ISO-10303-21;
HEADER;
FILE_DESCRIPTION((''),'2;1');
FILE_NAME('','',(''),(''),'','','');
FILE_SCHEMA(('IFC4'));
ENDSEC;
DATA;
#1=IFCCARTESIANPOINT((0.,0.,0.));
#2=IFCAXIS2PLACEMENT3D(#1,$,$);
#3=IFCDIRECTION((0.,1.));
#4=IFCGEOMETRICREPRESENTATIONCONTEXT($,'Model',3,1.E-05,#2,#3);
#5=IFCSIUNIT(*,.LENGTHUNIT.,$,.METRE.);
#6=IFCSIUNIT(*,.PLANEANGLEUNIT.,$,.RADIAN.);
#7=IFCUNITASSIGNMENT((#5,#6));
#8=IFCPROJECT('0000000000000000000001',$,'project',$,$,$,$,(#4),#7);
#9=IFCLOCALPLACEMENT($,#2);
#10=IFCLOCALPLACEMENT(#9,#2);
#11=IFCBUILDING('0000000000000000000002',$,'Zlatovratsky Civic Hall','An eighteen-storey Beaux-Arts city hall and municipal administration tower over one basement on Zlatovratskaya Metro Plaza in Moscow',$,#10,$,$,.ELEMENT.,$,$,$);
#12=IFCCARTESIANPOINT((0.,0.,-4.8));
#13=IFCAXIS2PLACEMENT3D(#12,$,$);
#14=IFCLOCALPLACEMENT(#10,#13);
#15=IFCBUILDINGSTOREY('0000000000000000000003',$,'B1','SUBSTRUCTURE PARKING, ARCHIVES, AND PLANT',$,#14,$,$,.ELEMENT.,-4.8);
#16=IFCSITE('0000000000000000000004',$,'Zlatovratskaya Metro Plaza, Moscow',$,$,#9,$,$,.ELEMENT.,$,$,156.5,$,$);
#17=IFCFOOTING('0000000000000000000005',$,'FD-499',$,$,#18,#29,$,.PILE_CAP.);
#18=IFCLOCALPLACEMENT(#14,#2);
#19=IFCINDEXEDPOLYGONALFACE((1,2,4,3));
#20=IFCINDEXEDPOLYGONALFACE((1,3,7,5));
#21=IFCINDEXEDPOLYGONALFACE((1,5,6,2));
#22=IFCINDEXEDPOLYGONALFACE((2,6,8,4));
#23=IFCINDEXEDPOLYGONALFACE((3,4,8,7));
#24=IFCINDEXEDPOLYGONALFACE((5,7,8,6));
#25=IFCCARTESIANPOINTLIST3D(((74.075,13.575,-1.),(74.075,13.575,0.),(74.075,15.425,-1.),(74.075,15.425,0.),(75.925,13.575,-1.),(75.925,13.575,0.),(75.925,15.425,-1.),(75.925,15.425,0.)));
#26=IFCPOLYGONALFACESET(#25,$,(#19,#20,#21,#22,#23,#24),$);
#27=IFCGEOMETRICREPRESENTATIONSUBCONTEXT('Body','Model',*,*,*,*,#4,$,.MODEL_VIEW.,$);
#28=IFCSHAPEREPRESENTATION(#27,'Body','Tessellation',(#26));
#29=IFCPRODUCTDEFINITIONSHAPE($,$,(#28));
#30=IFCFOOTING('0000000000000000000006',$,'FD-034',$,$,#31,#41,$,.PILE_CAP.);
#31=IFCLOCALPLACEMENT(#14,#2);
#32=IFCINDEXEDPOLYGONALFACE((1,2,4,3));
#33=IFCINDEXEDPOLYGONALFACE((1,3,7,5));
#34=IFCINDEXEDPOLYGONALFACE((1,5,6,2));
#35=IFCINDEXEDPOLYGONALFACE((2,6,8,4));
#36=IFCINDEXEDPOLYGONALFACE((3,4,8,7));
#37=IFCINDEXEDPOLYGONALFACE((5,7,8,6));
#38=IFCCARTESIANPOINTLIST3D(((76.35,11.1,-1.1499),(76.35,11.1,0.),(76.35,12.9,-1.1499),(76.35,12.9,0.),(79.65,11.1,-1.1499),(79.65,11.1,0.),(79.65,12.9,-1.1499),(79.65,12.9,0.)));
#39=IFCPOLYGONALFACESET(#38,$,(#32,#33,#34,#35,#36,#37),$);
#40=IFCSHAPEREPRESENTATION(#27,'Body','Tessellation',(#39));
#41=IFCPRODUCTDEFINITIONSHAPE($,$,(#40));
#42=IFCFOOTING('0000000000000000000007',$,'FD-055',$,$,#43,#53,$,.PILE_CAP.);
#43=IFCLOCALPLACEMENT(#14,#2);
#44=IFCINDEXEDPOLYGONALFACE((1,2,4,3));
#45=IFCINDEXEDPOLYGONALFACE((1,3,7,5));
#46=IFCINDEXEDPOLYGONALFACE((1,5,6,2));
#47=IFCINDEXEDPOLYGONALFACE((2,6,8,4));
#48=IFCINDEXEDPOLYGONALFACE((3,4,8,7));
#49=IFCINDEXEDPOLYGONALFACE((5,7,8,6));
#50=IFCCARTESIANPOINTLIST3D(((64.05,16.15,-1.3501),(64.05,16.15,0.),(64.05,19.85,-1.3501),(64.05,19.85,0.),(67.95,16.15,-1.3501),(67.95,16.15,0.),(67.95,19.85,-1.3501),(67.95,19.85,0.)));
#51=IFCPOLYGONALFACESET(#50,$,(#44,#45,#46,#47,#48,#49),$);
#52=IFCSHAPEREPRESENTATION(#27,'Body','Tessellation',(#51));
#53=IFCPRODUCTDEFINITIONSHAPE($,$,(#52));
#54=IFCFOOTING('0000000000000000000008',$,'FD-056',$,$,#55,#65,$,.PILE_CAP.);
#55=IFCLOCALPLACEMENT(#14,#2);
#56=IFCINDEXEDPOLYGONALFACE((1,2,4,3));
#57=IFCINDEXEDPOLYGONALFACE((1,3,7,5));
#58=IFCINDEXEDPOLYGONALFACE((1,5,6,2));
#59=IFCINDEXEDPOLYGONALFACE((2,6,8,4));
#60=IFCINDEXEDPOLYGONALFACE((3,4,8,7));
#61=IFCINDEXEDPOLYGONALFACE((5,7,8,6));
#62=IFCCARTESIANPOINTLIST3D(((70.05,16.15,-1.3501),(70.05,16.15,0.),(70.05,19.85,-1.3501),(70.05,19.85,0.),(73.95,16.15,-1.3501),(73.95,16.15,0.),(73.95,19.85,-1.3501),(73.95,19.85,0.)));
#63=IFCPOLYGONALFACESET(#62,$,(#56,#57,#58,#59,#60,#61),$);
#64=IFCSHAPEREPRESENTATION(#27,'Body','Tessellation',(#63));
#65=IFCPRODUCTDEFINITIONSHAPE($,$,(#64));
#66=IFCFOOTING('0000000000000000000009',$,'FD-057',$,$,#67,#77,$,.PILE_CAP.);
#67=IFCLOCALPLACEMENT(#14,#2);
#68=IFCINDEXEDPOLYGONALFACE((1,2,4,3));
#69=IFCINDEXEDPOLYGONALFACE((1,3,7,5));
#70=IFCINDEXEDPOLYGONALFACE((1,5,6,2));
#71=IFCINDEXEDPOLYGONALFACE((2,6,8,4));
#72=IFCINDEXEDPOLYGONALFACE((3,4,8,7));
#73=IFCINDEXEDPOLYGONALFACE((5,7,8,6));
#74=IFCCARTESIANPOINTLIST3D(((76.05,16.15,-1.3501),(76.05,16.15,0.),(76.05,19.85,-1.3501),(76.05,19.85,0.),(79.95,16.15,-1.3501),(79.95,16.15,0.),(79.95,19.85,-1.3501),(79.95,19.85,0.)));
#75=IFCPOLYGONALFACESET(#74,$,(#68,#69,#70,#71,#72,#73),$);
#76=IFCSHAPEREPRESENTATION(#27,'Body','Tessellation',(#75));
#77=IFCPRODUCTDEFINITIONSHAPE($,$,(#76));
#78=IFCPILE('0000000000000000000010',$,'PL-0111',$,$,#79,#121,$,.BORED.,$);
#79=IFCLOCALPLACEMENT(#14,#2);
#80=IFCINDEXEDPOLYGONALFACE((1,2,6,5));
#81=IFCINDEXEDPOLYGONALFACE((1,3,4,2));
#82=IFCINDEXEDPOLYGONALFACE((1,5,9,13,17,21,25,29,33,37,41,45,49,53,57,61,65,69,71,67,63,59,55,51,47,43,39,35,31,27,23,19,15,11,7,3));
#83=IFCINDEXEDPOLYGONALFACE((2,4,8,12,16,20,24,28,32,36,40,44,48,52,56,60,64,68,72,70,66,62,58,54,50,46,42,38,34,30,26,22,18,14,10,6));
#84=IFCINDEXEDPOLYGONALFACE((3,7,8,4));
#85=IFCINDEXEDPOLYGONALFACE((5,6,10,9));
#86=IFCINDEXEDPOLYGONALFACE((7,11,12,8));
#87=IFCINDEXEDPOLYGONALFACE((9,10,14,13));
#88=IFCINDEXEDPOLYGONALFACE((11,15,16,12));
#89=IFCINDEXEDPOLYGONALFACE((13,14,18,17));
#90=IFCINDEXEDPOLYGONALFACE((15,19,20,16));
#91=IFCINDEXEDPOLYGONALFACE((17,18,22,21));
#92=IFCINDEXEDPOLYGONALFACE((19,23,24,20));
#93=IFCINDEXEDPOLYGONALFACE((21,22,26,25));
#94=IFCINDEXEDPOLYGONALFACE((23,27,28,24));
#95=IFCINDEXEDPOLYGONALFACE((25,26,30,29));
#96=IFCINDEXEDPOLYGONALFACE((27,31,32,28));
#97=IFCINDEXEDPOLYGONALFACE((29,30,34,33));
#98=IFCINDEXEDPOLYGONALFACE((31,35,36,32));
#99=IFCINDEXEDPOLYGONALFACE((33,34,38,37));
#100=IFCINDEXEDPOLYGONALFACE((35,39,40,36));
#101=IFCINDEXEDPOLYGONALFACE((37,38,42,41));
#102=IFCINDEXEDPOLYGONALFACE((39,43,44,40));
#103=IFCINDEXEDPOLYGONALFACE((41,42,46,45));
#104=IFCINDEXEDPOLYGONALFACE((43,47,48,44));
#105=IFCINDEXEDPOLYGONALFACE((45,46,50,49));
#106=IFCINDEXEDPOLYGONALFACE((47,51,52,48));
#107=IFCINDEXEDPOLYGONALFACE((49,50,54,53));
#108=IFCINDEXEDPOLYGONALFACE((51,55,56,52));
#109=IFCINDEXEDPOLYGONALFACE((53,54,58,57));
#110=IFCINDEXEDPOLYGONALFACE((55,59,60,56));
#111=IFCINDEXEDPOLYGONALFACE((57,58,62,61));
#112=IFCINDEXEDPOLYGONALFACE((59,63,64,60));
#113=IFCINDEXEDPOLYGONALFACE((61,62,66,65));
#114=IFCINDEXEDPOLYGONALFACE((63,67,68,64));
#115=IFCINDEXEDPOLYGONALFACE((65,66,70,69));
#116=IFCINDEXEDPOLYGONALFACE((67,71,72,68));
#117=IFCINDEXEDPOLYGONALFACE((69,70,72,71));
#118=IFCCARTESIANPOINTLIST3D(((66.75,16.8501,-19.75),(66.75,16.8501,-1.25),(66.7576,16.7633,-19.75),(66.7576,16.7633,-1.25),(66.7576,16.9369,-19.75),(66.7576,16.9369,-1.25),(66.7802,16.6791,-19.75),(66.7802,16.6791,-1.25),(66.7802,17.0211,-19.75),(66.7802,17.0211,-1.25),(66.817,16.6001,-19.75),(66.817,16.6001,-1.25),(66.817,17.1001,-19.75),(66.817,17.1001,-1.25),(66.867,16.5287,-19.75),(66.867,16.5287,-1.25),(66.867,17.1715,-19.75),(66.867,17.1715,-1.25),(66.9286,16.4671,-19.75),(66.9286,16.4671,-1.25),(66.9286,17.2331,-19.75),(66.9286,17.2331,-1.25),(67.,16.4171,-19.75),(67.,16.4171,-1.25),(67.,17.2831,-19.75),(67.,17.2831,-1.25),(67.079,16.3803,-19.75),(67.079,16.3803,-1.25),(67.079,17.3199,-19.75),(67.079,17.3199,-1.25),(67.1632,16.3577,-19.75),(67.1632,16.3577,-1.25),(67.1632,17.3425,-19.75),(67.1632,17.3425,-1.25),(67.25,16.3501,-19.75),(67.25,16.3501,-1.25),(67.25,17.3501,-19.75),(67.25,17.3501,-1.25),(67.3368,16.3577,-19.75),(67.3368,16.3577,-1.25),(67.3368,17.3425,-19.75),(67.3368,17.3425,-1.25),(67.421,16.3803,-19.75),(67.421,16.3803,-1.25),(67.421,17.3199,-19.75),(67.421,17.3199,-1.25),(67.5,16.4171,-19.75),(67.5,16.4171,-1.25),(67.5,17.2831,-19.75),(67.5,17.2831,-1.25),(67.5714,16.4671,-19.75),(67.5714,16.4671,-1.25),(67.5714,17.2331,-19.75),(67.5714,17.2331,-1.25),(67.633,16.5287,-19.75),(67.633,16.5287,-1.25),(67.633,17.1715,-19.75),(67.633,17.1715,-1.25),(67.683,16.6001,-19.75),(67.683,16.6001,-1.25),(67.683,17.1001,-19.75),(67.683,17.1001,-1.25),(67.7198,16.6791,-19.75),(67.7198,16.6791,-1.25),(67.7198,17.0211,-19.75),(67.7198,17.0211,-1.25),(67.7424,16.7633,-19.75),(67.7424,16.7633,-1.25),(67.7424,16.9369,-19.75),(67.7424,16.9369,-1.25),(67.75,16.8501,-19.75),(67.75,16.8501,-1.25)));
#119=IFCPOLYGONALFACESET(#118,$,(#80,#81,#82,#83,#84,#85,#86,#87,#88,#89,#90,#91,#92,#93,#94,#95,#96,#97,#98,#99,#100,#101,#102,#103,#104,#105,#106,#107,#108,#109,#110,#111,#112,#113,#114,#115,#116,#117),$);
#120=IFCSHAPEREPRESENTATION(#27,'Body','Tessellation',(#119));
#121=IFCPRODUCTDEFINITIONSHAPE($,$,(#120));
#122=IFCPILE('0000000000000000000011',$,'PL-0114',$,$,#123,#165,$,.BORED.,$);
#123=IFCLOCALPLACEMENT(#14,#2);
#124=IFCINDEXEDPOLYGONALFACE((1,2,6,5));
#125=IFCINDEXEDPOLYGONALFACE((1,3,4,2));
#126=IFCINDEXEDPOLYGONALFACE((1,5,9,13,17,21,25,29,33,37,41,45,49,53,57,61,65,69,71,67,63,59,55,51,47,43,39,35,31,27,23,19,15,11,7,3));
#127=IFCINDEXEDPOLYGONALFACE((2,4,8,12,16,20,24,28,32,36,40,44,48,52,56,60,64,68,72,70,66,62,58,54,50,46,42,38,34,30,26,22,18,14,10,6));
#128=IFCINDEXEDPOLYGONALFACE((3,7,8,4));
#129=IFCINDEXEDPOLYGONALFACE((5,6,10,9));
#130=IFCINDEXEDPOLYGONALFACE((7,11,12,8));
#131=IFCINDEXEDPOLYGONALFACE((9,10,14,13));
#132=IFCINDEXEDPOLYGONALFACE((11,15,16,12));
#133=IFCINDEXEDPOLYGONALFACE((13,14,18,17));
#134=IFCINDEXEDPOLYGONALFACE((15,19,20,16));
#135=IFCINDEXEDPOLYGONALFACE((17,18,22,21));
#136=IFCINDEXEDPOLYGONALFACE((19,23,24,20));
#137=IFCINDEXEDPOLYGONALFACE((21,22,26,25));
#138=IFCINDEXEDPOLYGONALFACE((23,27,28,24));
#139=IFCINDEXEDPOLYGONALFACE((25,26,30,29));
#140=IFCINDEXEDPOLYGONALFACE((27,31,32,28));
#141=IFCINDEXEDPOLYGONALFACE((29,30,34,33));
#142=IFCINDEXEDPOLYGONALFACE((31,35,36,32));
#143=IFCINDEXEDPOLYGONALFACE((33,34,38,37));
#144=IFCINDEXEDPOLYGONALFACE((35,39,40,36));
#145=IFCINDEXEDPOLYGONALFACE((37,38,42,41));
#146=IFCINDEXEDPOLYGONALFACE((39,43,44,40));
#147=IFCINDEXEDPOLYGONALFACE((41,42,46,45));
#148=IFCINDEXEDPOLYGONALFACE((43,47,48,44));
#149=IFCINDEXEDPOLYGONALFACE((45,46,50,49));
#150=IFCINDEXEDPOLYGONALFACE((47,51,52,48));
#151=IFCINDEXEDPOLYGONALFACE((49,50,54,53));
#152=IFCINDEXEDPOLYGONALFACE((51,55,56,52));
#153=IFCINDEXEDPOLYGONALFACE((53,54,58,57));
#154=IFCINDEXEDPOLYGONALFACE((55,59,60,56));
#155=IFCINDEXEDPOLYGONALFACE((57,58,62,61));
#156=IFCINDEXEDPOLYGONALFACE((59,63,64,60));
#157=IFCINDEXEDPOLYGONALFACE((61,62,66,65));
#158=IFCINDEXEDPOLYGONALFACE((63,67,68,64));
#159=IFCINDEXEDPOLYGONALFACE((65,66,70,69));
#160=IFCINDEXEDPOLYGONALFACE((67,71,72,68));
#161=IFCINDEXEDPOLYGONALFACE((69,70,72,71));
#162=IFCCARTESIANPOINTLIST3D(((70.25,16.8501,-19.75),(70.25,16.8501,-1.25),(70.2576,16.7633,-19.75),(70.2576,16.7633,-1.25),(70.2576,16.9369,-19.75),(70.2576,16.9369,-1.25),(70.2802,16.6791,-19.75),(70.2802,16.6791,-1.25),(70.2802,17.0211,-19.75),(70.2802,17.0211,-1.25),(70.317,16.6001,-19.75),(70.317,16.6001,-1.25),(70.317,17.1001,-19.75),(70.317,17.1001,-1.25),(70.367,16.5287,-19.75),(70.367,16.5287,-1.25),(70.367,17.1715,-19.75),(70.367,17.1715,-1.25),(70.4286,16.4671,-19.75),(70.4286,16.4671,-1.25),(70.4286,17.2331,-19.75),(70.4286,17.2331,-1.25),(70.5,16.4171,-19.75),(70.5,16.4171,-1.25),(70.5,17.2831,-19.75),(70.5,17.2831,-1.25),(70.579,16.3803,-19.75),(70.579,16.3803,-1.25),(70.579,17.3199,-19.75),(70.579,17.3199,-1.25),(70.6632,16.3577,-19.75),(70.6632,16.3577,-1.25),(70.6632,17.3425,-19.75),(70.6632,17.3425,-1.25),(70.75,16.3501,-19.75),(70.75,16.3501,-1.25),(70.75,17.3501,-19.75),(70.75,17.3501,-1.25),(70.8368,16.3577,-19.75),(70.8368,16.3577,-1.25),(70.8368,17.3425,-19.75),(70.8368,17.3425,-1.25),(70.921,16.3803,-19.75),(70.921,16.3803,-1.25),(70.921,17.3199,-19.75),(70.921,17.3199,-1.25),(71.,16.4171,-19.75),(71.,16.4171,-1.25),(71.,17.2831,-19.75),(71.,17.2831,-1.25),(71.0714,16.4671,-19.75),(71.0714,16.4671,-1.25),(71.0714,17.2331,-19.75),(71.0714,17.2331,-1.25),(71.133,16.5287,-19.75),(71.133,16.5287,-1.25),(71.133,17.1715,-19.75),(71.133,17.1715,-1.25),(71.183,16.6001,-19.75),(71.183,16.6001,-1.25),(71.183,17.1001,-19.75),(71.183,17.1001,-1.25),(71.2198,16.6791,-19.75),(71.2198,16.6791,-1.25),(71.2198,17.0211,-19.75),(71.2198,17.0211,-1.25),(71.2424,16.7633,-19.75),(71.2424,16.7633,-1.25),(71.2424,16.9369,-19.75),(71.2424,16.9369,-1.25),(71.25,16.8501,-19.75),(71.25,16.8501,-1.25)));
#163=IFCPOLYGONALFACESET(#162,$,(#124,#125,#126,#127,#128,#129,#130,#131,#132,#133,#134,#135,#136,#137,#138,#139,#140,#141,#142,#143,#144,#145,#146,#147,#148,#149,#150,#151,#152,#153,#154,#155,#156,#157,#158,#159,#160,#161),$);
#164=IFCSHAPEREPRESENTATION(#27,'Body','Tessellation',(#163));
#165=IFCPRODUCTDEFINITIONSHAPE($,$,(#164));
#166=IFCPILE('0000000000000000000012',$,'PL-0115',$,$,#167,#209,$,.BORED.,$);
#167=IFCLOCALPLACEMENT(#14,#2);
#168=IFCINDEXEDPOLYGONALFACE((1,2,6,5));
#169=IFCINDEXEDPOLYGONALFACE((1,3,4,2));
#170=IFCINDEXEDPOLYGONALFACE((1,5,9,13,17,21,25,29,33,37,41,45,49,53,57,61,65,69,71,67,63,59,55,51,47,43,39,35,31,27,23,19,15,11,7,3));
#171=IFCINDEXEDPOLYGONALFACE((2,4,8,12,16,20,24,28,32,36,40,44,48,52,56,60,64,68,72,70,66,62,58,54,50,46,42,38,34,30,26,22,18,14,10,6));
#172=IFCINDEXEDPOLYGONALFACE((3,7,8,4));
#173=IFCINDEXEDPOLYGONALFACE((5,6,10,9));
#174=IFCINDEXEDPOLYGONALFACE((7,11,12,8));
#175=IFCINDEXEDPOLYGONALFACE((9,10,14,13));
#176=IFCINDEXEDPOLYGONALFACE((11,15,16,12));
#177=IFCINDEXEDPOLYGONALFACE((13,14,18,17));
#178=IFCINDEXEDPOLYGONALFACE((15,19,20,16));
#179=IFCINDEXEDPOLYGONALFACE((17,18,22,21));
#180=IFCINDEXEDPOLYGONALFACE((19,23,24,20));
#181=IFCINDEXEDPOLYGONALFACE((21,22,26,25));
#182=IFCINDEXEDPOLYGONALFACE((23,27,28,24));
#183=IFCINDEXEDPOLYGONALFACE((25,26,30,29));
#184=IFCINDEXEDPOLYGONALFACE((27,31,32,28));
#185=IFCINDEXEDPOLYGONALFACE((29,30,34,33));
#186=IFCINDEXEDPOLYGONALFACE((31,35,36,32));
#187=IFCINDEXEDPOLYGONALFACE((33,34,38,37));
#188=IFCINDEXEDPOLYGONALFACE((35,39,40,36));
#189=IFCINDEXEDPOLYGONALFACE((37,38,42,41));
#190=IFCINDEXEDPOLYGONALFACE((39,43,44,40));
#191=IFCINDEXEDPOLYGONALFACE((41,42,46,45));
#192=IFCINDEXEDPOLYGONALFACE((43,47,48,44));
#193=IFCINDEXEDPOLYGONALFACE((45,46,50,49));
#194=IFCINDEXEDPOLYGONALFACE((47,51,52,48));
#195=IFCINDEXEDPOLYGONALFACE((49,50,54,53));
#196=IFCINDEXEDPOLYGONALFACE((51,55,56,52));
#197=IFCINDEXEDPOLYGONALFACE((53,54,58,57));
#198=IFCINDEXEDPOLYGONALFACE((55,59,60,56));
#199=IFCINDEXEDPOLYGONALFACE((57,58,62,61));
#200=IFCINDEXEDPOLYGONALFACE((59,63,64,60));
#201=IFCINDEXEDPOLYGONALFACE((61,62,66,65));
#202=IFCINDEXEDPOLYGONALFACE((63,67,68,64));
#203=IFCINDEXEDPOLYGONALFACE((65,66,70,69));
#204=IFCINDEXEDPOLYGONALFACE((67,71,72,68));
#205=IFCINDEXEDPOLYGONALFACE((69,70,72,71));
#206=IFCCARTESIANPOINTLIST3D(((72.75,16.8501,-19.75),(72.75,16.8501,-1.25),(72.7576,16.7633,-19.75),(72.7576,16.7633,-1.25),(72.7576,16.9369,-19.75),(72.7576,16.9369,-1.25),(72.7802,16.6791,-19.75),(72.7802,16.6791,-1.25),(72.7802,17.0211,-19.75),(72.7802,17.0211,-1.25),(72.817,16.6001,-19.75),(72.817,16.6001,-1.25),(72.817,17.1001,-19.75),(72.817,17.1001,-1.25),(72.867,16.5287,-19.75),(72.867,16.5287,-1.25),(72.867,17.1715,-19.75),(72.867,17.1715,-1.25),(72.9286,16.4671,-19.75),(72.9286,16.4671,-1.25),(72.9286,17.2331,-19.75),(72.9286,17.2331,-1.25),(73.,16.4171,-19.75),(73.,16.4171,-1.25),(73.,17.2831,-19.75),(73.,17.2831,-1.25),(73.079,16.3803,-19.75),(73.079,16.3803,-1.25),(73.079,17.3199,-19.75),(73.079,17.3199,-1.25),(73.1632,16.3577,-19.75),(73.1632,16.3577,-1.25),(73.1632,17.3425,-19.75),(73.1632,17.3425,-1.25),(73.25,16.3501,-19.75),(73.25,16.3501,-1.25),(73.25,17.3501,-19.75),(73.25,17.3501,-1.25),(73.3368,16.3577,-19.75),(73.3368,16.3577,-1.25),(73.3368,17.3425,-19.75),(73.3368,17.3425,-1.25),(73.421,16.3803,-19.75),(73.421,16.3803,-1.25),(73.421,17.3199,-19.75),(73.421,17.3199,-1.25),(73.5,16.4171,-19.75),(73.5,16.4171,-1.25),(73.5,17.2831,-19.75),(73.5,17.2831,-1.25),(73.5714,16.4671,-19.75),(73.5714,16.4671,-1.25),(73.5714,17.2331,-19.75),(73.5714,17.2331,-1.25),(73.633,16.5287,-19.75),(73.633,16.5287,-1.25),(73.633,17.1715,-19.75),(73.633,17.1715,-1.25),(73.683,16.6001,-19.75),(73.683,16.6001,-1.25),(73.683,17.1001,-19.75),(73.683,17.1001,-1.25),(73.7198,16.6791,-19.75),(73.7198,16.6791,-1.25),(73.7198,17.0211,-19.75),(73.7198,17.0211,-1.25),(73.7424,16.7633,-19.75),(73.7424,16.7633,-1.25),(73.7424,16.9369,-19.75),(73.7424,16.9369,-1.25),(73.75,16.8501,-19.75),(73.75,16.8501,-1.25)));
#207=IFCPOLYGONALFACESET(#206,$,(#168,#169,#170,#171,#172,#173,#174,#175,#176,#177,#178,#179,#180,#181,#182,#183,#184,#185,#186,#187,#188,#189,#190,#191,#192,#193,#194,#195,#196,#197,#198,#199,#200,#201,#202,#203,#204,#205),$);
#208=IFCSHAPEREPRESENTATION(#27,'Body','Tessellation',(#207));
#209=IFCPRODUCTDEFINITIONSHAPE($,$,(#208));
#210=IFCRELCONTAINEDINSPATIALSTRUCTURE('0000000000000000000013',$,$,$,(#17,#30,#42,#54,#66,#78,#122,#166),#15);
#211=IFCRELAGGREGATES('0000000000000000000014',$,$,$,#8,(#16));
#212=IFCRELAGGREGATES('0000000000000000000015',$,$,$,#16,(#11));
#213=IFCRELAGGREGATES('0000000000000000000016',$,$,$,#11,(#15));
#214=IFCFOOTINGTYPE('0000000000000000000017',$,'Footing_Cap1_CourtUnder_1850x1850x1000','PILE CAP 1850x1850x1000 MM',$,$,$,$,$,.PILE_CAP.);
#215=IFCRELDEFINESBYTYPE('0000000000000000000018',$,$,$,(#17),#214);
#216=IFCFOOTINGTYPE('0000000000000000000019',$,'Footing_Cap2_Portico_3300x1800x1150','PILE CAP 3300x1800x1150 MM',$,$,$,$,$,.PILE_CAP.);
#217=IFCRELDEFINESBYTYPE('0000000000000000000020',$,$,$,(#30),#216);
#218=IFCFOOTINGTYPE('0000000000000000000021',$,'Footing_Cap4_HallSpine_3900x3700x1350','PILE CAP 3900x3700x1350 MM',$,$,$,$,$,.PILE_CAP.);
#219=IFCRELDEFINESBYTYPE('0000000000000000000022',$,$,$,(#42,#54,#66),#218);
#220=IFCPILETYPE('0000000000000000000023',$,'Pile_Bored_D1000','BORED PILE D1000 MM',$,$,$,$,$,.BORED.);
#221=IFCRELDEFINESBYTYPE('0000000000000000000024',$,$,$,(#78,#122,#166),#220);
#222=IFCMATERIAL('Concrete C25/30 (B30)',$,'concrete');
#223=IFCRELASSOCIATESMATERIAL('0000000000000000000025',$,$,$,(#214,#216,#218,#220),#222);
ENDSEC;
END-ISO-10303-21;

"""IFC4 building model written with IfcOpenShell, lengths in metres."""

from ifc_helpers import new_model, si_unit, direction, frame, origin, origin_2d, place, context, subcontext, project, spatial, rectangle, circle, extrude, material, material_profile, profile_set, type_object, element, save


model = new_model("IFC4")

# Units and contexts
model_context = context("Model", 3, precision=1e-05, world=origin(), true_north=direction((0.0, 1.0)))
body_context = subcontext(model_context, "Body", "Model", "MODEL_VIEW")
ifc_project = project(units=[si_unit("LENGTHUNIT", "METRE"), si_unit("PLANEANGLEUNIT", "RADIAN")], contexts=[model_context])

# Site, building, storey
site_placement = place(None, origin())
site = spatial("IfcSite", under=ifc_project, at=site_placement, Name="Zlatovratskaya Metro Plaza, Moscow", CompositionType="ELEMENT", RefElevation=156.5)
building_placement = place(site_placement, origin())
building = spatial("IfcBuilding", under=site, at=building_placement, Name="Zlatovratsky Civic Hall", Description="An eighteen-storey Beaux-Arts city hall and municipal administration tower over one basement on Zlatovratskaya Metro Plaza in Moscow", CompositionType="ELEMENT")
storey_placement = place(building_placement, frame((0.0, 0.0, -4.8)))
storey = spatial("IfcBuildingStorey", under=building, at=storey_placement, Name="B1", Description="SUBSTRUCTURE PARKING, ARCHIVES, AND PLANT", CompositionType="ELEMENT", Elevation=-4.8)

# Footings
ifc_material_1 = material(Name="Concrete C25/30 (B30)", Category="concrete")
footing_type_1 = type_object("IfcFootingType", Name="Footing_Cap1_CourtUnder_1850x1850x1000", Description="PILE CAP 1850x1850x1000 MM", PredefinedType="PILE_CAP", material=ifc_material_1)
footing_1_placement = place(storey_placement, frame((75.0, 14.5, -1.0), z_axis=(0.0, 0.0, 1.0), x_axis=(1.0, 0.0, 0.0)))
element("IfcFooting", 1, at=footing_1_placement, inside=storey, type_object=footing_type_1, Name="FD-499", PredefinedType="PILE_CAP", context=body_context, shape_type="SweptSolid", body=[
    extrude(rectangle(XDim=1.8501, YDim=1.8501, at=origin_2d()), origin(), (0.0, 0.0, 1.0), 1.0),
])
footing_type_2 = type_object("IfcFootingType", Name="Footing_Cap2_Portico_3300x1800x1150", Description="PILE CAP 3300x1800x1150 MM", PredefinedType="PILE_CAP", material=ifc_material_1)
footing_2_placement = place(storey_placement, frame((78.0, 12.0, -1.1499), z_axis=(0.0, 0.0, 1.0), x_axis=(1.0, 0.0, 0.0)))
element("IfcFooting", 2, at=footing_2_placement, inside=storey, type_object=footing_type_2, Name="FD-034", PredefinedType="PILE_CAP", context=body_context, shape_type="SweptSolid", body=[
    extrude(rectangle(XDim=3.3, YDim=1.8, at=origin_2d()), origin(), (0.0, 0.0, 1.0), 1.1499),
])
footing_type_3 = type_object("IfcFootingType", Name="Footing_Cap4_HallSpine_3900x3700x1350", Description="PILE CAP 3900x3700x1350 MM", PredefinedType="PILE_CAP", material=ifc_material_1)
for number, where, z_axis, x_axis, name in (
    (3, (66.0, 18.0, -1.3501), (0.0, 0.0, 1.0), (1.0, 0.0, 0.0), "FD-055"),
    (4, (72.0, 18.0, -1.3501), (0.0, 0.0, 1.0), (1.0, 0.0, 0.0), "FD-056"),
    (5, (78.0, 18.0, -1.3501), (0.0, 0.0, 1.0), (1.0, 0.0, 0.0), "FD-057"),
):
    element("IfcFooting", number, at=place(storey_placement, frame(where, z_axis=z_axis, x_axis=x_axis)), inside=storey, type_object=footing_type_3, Name=name, PredefinedType="PILE_CAP", context=body_context, shape_type="SweptSolid", body=[
        extrude(rectangle(XDim=3.8999, YDim=3.7, at=origin_2d()), origin(), (0.0, 0.0, 1.0), 1.3501),
    ])

# Piles
ifc_material_profile_1 = material_profile(ifc_material_1, circle(Radius=0.5, at=origin_2d()), Name="PILE D1000")
ifc_profile_set_1 = profile_set([ifc_material_profile_1], Name="Concrete C25/30 (B30)")
pile_type_1 = type_object("IfcPileType", Name="Pile_Bored_D1000", Description="BORED PILE D1000 MM", PredefinedType="BORED", material=ifc_profile_set_1)
for number, where, z_axis, x_axis, name in (
    (6, (67.25, 16.8501, -1.25), (0.0, 0.0, -1.0), (1.0, 0.0, 0.0), "PL-0111"),
    (7, (70.75, 16.8501, -1.25), (0.0, 0.0, -1.0), (1.0, 0.0, 0.0), "PL-0114"),
    (8, (73.25, 16.8501, -1.25), (0.0, 0.0, -1.0), (1.0, 0.0, 0.0), "PL-0115"),
):
    element("IfcPile", number, at=place(storey_placement, frame(where, z_axis=z_axis, x_axis=x_axis)), inside=storey, type_object=pile_type_1, Name=name, PredefinedType="BORED", context=body_context, shape_type="SweptSolid", body=[
        extrude(circle(Radius=0.5, at=origin_2d()), origin(), (0.0, 0.0, 1.0), 18.5),
    ])

save(model, "model.ifc")
